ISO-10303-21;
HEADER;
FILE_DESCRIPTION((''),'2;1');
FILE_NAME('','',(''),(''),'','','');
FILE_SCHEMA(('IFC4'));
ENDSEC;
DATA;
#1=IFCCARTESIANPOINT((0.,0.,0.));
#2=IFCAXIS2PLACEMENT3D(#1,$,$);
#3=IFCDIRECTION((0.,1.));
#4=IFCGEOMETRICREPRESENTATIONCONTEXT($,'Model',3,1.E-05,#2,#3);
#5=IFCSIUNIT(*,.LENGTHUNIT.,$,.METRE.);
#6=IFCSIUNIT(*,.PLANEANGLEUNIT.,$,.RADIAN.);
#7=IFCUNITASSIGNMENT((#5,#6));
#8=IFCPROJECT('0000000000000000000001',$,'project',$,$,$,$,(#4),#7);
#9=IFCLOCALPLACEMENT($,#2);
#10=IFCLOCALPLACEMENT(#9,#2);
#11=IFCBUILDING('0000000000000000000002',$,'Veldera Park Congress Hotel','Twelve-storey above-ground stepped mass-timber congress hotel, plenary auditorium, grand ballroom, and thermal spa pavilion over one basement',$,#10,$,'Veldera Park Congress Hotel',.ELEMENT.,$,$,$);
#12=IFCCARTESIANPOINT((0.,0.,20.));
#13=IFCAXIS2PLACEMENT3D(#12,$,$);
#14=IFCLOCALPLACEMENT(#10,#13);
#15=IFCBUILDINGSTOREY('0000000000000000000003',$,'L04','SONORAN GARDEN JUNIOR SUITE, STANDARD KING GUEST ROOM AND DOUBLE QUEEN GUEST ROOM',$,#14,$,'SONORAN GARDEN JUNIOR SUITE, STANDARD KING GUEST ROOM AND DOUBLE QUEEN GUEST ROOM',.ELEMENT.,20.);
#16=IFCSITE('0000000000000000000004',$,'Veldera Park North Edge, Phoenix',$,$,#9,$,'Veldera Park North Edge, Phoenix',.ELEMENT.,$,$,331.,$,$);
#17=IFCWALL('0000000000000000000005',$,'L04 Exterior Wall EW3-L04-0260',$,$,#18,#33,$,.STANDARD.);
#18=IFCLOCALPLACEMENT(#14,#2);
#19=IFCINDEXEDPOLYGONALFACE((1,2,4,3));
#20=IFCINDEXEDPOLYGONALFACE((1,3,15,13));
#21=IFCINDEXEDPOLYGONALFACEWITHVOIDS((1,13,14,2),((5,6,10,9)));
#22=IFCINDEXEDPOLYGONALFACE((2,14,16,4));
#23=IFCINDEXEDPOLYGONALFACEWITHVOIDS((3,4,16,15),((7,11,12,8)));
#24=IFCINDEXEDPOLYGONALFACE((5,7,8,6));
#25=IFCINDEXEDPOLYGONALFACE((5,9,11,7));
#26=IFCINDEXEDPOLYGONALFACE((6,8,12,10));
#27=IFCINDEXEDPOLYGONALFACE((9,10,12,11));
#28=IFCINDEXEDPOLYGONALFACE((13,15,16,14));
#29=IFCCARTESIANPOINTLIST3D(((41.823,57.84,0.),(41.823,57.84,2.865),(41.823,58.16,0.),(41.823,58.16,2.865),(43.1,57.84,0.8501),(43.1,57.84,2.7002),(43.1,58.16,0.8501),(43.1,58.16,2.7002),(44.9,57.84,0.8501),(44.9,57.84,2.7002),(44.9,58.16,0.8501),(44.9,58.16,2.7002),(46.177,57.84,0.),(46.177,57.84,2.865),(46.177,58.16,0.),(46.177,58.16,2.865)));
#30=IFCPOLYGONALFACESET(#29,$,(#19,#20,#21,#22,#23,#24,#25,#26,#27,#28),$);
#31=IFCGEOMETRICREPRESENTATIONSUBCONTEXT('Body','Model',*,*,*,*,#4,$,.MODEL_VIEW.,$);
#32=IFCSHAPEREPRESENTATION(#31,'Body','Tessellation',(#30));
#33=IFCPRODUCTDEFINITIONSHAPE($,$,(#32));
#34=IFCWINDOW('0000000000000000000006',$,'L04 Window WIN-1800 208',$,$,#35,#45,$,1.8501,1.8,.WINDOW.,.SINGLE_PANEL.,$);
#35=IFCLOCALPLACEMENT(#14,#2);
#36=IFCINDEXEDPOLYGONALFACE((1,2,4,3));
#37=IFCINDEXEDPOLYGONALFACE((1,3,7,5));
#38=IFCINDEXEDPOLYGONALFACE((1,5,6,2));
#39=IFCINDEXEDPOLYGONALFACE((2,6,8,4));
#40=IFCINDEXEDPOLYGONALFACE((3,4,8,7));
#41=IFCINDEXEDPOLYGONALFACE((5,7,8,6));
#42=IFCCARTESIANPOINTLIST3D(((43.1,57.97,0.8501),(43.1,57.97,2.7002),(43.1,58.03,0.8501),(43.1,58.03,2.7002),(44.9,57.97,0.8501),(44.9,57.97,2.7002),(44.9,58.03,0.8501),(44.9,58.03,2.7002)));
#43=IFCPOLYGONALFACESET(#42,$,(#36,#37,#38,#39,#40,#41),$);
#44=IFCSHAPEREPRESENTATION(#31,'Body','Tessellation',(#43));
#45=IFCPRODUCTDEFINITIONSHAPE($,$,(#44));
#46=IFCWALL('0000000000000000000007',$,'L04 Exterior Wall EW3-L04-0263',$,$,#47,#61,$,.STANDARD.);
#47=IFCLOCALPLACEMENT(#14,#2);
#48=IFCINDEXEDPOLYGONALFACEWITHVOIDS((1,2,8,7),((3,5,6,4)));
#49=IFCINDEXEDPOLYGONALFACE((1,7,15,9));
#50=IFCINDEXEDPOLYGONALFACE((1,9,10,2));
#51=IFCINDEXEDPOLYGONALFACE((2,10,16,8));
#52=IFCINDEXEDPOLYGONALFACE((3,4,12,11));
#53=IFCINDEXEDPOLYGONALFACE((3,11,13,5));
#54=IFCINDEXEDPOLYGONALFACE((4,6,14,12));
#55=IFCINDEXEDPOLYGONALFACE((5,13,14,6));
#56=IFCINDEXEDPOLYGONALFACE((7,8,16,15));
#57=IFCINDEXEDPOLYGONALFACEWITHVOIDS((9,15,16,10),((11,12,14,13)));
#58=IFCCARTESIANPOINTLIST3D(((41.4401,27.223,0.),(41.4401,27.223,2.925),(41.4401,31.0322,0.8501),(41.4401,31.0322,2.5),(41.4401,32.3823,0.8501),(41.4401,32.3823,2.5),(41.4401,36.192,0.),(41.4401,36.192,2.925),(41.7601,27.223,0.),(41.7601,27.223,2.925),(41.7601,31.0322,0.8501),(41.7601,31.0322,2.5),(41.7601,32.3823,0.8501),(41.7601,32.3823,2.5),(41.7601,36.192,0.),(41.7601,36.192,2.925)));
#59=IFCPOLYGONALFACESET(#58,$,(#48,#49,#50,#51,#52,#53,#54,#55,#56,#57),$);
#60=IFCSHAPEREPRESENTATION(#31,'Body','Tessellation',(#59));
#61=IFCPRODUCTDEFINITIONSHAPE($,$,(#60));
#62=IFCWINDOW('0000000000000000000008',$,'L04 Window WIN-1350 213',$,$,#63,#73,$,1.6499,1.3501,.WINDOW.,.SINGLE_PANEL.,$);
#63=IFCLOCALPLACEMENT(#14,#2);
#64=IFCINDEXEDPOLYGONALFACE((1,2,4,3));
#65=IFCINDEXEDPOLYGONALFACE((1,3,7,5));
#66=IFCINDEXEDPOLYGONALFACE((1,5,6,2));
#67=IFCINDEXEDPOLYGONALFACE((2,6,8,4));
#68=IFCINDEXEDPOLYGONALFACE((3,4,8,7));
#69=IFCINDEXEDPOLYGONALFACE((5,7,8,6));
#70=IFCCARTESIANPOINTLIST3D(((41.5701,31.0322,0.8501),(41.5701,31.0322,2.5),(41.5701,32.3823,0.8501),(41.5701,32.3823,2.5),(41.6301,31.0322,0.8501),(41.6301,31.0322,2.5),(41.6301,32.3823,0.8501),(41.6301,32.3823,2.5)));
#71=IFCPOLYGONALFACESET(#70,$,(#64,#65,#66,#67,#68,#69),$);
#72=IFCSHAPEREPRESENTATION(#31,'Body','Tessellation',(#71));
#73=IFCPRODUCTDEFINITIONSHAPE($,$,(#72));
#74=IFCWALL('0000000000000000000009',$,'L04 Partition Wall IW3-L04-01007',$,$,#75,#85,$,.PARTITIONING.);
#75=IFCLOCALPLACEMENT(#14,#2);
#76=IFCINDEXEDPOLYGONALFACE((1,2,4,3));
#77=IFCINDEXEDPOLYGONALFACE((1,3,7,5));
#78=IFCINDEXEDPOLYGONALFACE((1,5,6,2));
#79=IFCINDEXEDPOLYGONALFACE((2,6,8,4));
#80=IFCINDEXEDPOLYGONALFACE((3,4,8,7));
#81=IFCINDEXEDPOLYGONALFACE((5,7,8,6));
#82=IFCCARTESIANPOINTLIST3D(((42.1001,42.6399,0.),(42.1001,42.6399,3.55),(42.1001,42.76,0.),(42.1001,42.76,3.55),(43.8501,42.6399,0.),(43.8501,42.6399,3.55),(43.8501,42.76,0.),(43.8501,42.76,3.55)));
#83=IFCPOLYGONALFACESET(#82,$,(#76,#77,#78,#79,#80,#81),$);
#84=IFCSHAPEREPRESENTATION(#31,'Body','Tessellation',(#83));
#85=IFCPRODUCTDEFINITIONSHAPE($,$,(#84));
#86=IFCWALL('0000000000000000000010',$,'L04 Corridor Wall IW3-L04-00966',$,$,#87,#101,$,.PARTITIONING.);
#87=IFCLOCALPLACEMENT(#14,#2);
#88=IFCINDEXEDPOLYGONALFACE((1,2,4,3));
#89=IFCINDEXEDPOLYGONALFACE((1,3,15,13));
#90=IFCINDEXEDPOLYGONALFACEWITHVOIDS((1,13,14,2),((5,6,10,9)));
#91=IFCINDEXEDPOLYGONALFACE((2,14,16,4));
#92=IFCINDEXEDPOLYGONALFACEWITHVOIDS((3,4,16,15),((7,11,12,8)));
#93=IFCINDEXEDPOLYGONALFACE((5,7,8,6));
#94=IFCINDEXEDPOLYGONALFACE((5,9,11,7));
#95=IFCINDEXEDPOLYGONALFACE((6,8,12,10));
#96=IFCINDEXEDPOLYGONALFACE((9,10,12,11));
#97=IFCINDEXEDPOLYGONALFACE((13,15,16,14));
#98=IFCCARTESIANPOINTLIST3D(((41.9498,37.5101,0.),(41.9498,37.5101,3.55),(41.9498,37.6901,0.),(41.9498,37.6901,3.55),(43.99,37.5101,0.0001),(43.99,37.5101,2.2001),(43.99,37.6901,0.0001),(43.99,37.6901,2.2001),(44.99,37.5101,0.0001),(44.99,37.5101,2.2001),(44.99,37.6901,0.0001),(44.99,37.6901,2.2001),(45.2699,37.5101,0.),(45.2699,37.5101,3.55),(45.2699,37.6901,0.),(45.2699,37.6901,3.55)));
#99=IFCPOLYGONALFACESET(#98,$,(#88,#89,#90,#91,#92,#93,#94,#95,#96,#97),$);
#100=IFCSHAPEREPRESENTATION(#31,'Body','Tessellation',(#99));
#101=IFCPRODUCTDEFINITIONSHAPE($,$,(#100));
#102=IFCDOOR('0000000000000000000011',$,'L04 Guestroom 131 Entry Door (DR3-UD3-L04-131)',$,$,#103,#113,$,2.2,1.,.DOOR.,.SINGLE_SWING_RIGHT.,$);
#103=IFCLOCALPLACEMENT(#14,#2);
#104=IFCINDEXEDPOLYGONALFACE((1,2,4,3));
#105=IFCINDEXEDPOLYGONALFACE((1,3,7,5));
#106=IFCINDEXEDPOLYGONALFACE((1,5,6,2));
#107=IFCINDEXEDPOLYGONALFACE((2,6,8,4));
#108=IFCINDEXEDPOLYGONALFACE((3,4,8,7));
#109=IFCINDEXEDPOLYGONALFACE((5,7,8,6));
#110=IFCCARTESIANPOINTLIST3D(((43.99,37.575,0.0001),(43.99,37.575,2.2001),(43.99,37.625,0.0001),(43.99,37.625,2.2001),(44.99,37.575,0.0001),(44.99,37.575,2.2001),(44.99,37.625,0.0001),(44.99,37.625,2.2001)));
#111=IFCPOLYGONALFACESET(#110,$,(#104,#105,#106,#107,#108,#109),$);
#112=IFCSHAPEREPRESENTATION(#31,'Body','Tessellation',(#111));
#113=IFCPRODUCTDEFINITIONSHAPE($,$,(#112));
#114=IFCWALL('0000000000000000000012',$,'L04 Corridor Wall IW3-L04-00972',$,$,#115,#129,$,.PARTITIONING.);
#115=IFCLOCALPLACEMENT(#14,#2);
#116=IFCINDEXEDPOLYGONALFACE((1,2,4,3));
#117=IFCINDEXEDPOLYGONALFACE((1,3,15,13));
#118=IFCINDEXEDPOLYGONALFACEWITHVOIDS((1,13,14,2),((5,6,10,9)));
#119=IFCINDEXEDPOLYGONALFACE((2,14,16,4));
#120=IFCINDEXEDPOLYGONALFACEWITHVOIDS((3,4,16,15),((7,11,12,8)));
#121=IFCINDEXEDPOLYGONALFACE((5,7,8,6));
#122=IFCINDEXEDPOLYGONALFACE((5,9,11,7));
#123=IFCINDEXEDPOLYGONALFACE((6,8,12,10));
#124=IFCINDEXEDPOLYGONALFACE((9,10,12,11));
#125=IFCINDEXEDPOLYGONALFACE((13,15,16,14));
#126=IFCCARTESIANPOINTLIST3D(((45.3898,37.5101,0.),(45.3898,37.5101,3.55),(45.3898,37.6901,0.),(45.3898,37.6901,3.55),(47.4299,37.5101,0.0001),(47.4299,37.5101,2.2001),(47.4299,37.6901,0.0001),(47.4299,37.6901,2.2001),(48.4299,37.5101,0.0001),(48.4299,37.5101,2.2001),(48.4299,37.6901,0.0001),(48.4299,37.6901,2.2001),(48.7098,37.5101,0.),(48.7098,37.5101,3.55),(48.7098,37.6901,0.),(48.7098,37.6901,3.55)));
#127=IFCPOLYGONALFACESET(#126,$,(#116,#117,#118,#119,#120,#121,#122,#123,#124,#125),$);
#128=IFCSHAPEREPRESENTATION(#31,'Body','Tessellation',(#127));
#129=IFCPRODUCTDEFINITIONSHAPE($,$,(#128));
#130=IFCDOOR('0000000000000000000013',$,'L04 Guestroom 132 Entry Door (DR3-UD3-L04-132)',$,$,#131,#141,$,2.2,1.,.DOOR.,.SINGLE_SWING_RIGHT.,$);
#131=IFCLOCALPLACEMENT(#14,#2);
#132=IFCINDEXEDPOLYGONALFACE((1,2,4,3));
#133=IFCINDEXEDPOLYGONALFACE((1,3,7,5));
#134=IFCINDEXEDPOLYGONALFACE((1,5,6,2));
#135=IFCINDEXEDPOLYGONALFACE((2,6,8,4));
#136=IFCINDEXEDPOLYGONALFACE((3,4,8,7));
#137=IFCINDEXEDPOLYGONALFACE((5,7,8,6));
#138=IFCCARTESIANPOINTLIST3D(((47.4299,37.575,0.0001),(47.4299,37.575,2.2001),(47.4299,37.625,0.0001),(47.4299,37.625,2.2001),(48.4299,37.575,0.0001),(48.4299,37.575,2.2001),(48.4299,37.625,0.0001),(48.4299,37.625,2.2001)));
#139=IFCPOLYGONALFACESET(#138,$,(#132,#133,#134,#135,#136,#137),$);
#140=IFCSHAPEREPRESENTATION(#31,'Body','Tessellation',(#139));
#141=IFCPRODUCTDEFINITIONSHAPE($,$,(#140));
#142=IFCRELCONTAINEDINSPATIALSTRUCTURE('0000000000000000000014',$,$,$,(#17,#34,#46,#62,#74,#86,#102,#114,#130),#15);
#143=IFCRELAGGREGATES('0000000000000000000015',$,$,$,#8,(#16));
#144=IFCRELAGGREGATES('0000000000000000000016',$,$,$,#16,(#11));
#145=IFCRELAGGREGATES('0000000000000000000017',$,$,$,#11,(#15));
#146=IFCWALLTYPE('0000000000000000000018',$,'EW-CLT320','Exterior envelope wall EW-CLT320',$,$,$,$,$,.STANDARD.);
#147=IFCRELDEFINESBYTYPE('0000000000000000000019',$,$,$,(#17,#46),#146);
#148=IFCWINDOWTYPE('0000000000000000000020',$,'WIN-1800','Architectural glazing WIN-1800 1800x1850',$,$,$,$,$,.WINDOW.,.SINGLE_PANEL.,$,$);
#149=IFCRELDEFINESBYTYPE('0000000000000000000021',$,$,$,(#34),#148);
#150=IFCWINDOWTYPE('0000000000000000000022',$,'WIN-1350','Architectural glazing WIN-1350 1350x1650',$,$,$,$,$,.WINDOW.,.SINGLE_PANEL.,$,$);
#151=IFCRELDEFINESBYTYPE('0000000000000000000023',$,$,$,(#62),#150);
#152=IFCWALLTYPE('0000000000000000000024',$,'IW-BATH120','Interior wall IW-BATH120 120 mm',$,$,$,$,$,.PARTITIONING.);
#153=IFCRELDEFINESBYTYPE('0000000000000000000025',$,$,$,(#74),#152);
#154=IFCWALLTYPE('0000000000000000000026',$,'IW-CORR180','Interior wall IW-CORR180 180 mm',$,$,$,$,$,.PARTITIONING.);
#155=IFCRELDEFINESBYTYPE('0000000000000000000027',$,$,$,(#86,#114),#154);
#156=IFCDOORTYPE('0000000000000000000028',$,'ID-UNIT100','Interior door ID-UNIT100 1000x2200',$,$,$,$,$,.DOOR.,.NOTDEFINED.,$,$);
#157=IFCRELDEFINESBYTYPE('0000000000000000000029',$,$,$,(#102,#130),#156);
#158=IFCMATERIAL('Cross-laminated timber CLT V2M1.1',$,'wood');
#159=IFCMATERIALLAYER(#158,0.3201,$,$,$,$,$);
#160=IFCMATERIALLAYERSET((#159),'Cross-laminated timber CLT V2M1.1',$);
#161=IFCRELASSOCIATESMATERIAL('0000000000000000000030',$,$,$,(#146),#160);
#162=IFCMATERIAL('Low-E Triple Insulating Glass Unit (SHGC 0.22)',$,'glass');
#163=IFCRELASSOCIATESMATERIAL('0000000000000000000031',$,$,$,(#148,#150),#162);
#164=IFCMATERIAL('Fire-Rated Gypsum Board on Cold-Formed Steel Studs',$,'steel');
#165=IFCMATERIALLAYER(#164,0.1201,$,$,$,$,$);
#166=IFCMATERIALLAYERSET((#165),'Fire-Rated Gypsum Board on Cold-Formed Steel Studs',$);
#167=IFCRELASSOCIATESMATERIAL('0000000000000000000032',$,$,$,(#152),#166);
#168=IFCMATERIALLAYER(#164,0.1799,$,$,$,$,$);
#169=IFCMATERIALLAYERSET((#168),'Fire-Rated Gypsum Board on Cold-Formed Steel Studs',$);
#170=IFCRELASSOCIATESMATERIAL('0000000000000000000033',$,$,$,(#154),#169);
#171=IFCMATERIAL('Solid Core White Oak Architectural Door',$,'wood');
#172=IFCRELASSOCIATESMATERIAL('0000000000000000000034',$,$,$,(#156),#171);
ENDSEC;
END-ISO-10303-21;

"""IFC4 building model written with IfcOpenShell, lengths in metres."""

from ifc_helpers import new_model, si_unit, direction, frame, frame_2d, origin, place, context, subcontext, project, spatial, rectangle, extrude, material, layer, layer_set, type_object, element, fill, save


model = new_model("IFC4")

# Units and contexts
model_context = context("Model", 3, precision=1e-05, world=origin(), true_north=direction((0.0, 1.0)))
body_context = subcontext(model_context, "Body", "Model", "MODEL_VIEW")
ifc_project = project(units=[si_unit("LENGTHUNIT", "METRE"), si_unit("PLANEANGLEUNIT", "RADIAN")], contexts=[model_context])

# Site, building, storey
site_placement = place(None, origin())
site = spatial("IfcSite", under=ifc_project, at=site_placement, Name="Veldera Park North Edge, Phoenix", LongName="Veldera Park North Edge, Phoenix", CompositionType="ELEMENT", RefElevation=331.0)
building_placement = place(site_placement, origin())
building = spatial("IfcBuilding", under=site, at=building_placement, Name="Veldera Park Congress Hotel", Description="Twelve-storey above-ground stepped mass-timber congress hotel, plenary auditorium, grand ballroom, and thermal spa pavilion over one basement", LongName="Veldera Park Congress Hotel", CompositionType="ELEMENT")
storey_placement = place(building_placement, frame((0.0, 0.0, 20.0)))
storey = spatial("IfcBuildingStorey", under=building, at=storey_placement, Name="L04", Description="SONORAN GARDEN JUNIOR SUITE, STANDARD KING GUEST ROOM AND DOUBLE QUEEN GUEST ROOM", LongName="SONORAN GARDEN JUNIOR SUITE, STANDARD KING GUEST ROOM AND DOUBLE QUEEN GUEST ROOM", CompositionType="ELEMENT", Elevation=20.0)

# Walls, openings, windows
ifc_material_1 = material(Name="Cross-laminated timber CLT V2M1.1", Category="wood")
ifc_layer_1 = layer(ifc_material_1, 0.3201)
ifc_layer_set_1 = layer_set([ifc_layer_1], Name="Cross-laminated timber CLT V2M1.1")
wall_type_1 = type_object("IfcWallType", Name="EW-CLT320", Description="Exterior envelope wall EW-CLT320", PredefinedType="STANDARD", material=ifc_layer_set_1)
wall_1_placement = place(storey_placement, frame((46.177, 58.0, 0.0), z_axis=(0.0, 0.0, 1.0), x_axis=(-1.0, 0.0, 0.0)))
wall_1 = element("IfcWall", 1, at=wall_1_placement, inside=storey, type_object=wall_type_1, Name="L04 Exterior Wall EW3-L04-0260", PredefinedType="STANDARD", context=body_context, shape_type="SweptSolid", body=[
    extrude(rectangle(XDim=4.354, YDim=0.3201, at=frame_2d((2.177, 0.0))), origin(), (0.0, 0.0, 1.0), 2.865),
])
opening_1_placement = place(wall_1_placement, frame((1.2771, 0.0, 0.8501)))
opening_1 = element("IfcOpeningElement", 2, at=opening_1_placement, cuts=wall_1, PredefinedType="OPENING", context=body_context, shape_type="SweptSolid", body=[
    extrude(rectangle(XDim=1.8, YDim=1.8501, at=frame_2d((0.8999, 0.925))), frame((0.0, 0.1721, 0.0), z_axis=(0.0, -1.0, 0.0), x_axis=(1.0, 0.0, 0.0)), (0.0, 0.0, 1.0), 0.344),
])
ifc_material_2 = material(Name="Low-E Triple Insulating Glass Unit (SHGC 0.22)", Category="glass")
window_type_1 = type_object("IfcWindowType", Name="WIN-1800", Description="Architectural glazing WIN-1800 1800x1850", PartitioningType="SINGLE_PANEL", PredefinedType="WINDOW", material=ifc_material_2)
window_1_placement = place(opening_1_placement, origin())
window_1 = element("IfcWindow", 3, at=window_1_placement, inside=storey, type_object=window_type_1, Name="L04 Window WIN-1800 208", OverallHeight=1.8501, OverallWidth=1.8, PartitioningType="SINGLE_PANEL", PredefinedType="WINDOW", context=body_context, shape_type="SweptSolid", body=[
    extrude(rectangle(XDim=1.8, YDim=1.8501, at=frame_2d((0.8999, 0.925))), frame((0.0, 0.03, 0.0), z_axis=(0.0, -1.0, 0.0), x_axis=(1.0, 0.0, 0.0)), (0.0, 0.0, 1.0), 0.0601),
])
fill(opening_1, window_1)
wall_2_placement = place(storey_placement, frame((41.6001, 36.1919, 0.0), z_axis=(0.0, 0.0, 1.0), x_axis=(0.0, -1.0, 0.0)))
wall_2 = element("IfcWall", 4, at=wall_2_placement, inside=storey, type_object=wall_type_1, Name="L04 Exterior Wall EW3-L04-0263", PredefinedType="STANDARD", context=body_context, shape_type="SweptSolid", body=[
    extrude(rectangle(XDim=8.969, YDim=0.3201, at=frame_2d((4.4844, 0.0))), origin(), (0.0, 0.0, 1.0), 2.925),
])
opening_2_placement = place(wall_2_placement, frame((3.8096, 0.0, 0.8501)))
opening_2 = element("IfcOpeningElement", 5, at=opening_2_placement, cuts=wall_2, PredefinedType="OPENING", context=body_context, shape_type="SweptSolid", body=[
    extrude(rectangle(XDim=1.3501, YDim=1.6499, at=frame_2d((0.675, 0.825))), frame((0.0, 0.1721, 0.0), z_axis=(0.0, -1.0, 0.0), x_axis=(1.0, 0.0, 0.0)), (0.0, 0.0, 1.0), 0.344),
])
window_type_2 = type_object("IfcWindowType", Name="WIN-1350", Description="Architectural glazing WIN-1350 1350x1650", PartitioningType="SINGLE_PANEL", PredefinedType="WINDOW", material=ifc_material_2)
window_2_placement = place(opening_2_placement, origin())
window_2 = element("IfcWindow", 6, at=window_2_placement, inside=storey, type_object=window_type_2, Name="L04 Window WIN-1350 213", OverallHeight=1.6499, OverallWidth=1.3501, PartitioningType="SINGLE_PANEL", PredefinedType="WINDOW", context=body_context, shape_type="SweptSolid", body=[
    extrude(rectangle(XDim=1.3501, YDim=1.6499, at=frame_2d((0.675, 0.825))), frame((0.0, 0.03, 0.0), z_axis=(0.0, -1.0, 0.0), x_axis=(1.0, 0.0, 0.0)), (0.0, 0.0, 1.0), 0.0601),
])
fill(opening_2, window_2)

# Shared definitions
ifc_material_3 = material(Name="Fire-Rated Gypsum Board on Cold-Formed Steel Studs", Category="steel")
ifc_layer_2 = layer(ifc_material_3, 0.1201)
ifc_layer_set_2 = layer_set([ifc_layer_2], Name="Fire-Rated Gypsum Board on Cold-Formed Steel Studs")
wall_type_2 = type_object("IfcWallType", Name="IW-BATH120", Description="Interior wall IW-BATH120 120 mm", PredefinedType="PARTITIONING", material=ifc_layer_set_2)
ifc_material_4 = material(Name="Solid Core White Oak Architectural Door", Category="wood")

# Wall
wall_3_placement = place(storey_placement, frame((42.1001, 42.7, 0.0), z_axis=(0.0, 0.0, 1.0), x_axis=(1.0, 0.0, 0.0)))
element("IfcWall", 7, at=wall_3_placement, inside=storey, type_object=wall_type_2, Name="L04 Partition Wall IW3-L04-01007", PredefinedType="PARTITIONING", context=body_context, shape_type="SweptSolid", body=[
    extrude(rectangle(XDim=1.75, YDim=0.1201, at=frame_2d((0.875, 0.0))), origin(), (0.0, 0.0, 1.0), 3.55),
])

# Walls, openings, doors
ifc_layer_3 = layer(ifc_material_3, 0.1799)
ifc_layer_set_3 = layer_set([ifc_layer_3], Name="Fire-Rated Gypsum Board on Cold-Formed Steel Studs")
wall_type_3 = type_object("IfcWallType", Name="IW-CORR180", Description="Interior wall IW-CORR180 180 mm", PredefinedType="PARTITIONING", material=ifc_layer_set_3)
wall_4_placement = place(storey_placement, frame((45.27, 37.6001, 0.0), z_axis=(0.0, 0.0, 1.0), x_axis=(-1.0, 0.0, 0.0)))
wall_4 = element("IfcWall", 8, at=wall_4_placement, inside=storey, type_object=wall_type_3, Name="L04 Corridor Wall IW3-L04-00966", PredefinedType="PARTITIONING", context=body_context, shape_type="SweptSolid", body=[
    extrude(rectangle(XDim=3.3201, YDim=0.1799, at=frame_2d((1.6602, 0.0))), origin(), (0.0, 0.0, 1.0), 3.55),
])
opening_3_placement = place(wall_4_placement, frame((0.28, 0.0, 0.0)))
opening_3 = element("IfcOpeningElement", 9, at=opening_3_placement, cuts=wall_4, PredefinedType="OPENING", context=body_context, shape_type="SweptSolid", body=[
    extrude(rectangle(XDim=1.0, YDim=2.2, at=frame_2d((0.5, 1.1001))), frame((0.0, 0.1021, 0.0), z_axis=(0.0, -1.0, 0.0), x_axis=(1.0, 0.0, 0.0)), (0.0, 0.0, 1.0), 0.2039),
])
door_type_1 = type_object("IfcDoorType", Name="ID-UNIT100", Description="Interior door ID-UNIT100 1000x2200", OperationType="NOTDEFINED", PredefinedType="DOOR", material=ifc_material_4)
door_1_placement = place(opening_3_placement, frame((1.0, 0.0, 0.0), z_axis=(0.0, 0.0, 1.0), x_axis=(-1.0, 0.0, 0.0)))
door_1 = element("IfcDoor", 10, at=door_1_placement, inside=storey, type_object=door_type_1, Name="L04 Guestroom 131 Entry Door (DR3-UD3-L04-131)", OperationType="SINGLE_SWING_RIGHT", OverallHeight=2.2, OverallWidth=1.0, PredefinedType="DOOR", context=body_context, shape_type="SweptSolid", body=[
    extrude(rectangle(XDim=1.0, YDim=2.2, at=frame_2d((0.5, 1.1001))), frame((0.0, 0.0249, 0.0), z_axis=(0.0, -1.0, 0.0), x_axis=(1.0, 0.0, 0.0)), (0.0, 0.0, 1.0), 0.05),
])
fill(opening_3, door_1)
wall_5_placement = place(storey_placement, frame((48.71, 37.6001, 0.0), z_axis=(0.0, 0.0, 1.0), x_axis=(-1.0, 0.0, 0.0)))
wall_5 = element("IfcWall", 11, at=wall_5_placement, inside=storey, type_object=wall_type_3, Name="L04 Corridor Wall IW3-L04-00972", PredefinedType="PARTITIONING", context=body_context, shape_type="SweptSolid", body=[
    extrude(rectangle(XDim=3.3201, YDim=0.1799, at=frame_2d((1.6602, 0.0))), origin(), (0.0, 0.0, 1.0), 3.55),
])
opening_4_placement = place(wall_5_placement, frame((0.28, 0.0, 0.0)))
opening_4 = element("IfcOpeningElement", 12, at=opening_4_placement, cuts=wall_5, PredefinedType="OPENING", context=body_context, shape_type="SweptSolid", body=[
    extrude(rectangle(XDim=1.0, YDim=2.2, at=frame_2d((0.5, 1.1001))), frame((0.0, 0.1021, 0.0), z_axis=(0.0, -1.0, 0.0), x_axis=(1.0, 0.0, 0.0)), (0.0, 0.0, 1.0), 0.2039),
])
door_2_placement = place(opening_4_placement, frame((1.0, 0.0, 0.0), z_axis=(0.0, 0.0, 1.0), x_axis=(-1.0, 0.0, 0.0)))
door_2 = element("IfcDoor", 13, at=door_2_placement, inside=storey, type_object=door_type_1, Name="L04 Guestroom 132 Entry Door (DR3-UD3-L04-132)", OperationType="SINGLE_SWING_RIGHT", OverallHeight=2.2, OverallWidth=1.0, PredefinedType="DOOR", context=body_context, shape_type="SweptSolid", body=[
    extrude(rectangle(XDim=1.0, YDim=2.2, at=frame_2d((0.5, 1.1001))), frame((0.0, 0.0249, 0.0), z_axis=(0.0, -1.0, 0.0), x_axis=(1.0, 0.0, 0.0)), (0.0, 0.0, 1.0), 0.05),
])
fill(opening_4, door_2)

save(model, "model.ifc")
